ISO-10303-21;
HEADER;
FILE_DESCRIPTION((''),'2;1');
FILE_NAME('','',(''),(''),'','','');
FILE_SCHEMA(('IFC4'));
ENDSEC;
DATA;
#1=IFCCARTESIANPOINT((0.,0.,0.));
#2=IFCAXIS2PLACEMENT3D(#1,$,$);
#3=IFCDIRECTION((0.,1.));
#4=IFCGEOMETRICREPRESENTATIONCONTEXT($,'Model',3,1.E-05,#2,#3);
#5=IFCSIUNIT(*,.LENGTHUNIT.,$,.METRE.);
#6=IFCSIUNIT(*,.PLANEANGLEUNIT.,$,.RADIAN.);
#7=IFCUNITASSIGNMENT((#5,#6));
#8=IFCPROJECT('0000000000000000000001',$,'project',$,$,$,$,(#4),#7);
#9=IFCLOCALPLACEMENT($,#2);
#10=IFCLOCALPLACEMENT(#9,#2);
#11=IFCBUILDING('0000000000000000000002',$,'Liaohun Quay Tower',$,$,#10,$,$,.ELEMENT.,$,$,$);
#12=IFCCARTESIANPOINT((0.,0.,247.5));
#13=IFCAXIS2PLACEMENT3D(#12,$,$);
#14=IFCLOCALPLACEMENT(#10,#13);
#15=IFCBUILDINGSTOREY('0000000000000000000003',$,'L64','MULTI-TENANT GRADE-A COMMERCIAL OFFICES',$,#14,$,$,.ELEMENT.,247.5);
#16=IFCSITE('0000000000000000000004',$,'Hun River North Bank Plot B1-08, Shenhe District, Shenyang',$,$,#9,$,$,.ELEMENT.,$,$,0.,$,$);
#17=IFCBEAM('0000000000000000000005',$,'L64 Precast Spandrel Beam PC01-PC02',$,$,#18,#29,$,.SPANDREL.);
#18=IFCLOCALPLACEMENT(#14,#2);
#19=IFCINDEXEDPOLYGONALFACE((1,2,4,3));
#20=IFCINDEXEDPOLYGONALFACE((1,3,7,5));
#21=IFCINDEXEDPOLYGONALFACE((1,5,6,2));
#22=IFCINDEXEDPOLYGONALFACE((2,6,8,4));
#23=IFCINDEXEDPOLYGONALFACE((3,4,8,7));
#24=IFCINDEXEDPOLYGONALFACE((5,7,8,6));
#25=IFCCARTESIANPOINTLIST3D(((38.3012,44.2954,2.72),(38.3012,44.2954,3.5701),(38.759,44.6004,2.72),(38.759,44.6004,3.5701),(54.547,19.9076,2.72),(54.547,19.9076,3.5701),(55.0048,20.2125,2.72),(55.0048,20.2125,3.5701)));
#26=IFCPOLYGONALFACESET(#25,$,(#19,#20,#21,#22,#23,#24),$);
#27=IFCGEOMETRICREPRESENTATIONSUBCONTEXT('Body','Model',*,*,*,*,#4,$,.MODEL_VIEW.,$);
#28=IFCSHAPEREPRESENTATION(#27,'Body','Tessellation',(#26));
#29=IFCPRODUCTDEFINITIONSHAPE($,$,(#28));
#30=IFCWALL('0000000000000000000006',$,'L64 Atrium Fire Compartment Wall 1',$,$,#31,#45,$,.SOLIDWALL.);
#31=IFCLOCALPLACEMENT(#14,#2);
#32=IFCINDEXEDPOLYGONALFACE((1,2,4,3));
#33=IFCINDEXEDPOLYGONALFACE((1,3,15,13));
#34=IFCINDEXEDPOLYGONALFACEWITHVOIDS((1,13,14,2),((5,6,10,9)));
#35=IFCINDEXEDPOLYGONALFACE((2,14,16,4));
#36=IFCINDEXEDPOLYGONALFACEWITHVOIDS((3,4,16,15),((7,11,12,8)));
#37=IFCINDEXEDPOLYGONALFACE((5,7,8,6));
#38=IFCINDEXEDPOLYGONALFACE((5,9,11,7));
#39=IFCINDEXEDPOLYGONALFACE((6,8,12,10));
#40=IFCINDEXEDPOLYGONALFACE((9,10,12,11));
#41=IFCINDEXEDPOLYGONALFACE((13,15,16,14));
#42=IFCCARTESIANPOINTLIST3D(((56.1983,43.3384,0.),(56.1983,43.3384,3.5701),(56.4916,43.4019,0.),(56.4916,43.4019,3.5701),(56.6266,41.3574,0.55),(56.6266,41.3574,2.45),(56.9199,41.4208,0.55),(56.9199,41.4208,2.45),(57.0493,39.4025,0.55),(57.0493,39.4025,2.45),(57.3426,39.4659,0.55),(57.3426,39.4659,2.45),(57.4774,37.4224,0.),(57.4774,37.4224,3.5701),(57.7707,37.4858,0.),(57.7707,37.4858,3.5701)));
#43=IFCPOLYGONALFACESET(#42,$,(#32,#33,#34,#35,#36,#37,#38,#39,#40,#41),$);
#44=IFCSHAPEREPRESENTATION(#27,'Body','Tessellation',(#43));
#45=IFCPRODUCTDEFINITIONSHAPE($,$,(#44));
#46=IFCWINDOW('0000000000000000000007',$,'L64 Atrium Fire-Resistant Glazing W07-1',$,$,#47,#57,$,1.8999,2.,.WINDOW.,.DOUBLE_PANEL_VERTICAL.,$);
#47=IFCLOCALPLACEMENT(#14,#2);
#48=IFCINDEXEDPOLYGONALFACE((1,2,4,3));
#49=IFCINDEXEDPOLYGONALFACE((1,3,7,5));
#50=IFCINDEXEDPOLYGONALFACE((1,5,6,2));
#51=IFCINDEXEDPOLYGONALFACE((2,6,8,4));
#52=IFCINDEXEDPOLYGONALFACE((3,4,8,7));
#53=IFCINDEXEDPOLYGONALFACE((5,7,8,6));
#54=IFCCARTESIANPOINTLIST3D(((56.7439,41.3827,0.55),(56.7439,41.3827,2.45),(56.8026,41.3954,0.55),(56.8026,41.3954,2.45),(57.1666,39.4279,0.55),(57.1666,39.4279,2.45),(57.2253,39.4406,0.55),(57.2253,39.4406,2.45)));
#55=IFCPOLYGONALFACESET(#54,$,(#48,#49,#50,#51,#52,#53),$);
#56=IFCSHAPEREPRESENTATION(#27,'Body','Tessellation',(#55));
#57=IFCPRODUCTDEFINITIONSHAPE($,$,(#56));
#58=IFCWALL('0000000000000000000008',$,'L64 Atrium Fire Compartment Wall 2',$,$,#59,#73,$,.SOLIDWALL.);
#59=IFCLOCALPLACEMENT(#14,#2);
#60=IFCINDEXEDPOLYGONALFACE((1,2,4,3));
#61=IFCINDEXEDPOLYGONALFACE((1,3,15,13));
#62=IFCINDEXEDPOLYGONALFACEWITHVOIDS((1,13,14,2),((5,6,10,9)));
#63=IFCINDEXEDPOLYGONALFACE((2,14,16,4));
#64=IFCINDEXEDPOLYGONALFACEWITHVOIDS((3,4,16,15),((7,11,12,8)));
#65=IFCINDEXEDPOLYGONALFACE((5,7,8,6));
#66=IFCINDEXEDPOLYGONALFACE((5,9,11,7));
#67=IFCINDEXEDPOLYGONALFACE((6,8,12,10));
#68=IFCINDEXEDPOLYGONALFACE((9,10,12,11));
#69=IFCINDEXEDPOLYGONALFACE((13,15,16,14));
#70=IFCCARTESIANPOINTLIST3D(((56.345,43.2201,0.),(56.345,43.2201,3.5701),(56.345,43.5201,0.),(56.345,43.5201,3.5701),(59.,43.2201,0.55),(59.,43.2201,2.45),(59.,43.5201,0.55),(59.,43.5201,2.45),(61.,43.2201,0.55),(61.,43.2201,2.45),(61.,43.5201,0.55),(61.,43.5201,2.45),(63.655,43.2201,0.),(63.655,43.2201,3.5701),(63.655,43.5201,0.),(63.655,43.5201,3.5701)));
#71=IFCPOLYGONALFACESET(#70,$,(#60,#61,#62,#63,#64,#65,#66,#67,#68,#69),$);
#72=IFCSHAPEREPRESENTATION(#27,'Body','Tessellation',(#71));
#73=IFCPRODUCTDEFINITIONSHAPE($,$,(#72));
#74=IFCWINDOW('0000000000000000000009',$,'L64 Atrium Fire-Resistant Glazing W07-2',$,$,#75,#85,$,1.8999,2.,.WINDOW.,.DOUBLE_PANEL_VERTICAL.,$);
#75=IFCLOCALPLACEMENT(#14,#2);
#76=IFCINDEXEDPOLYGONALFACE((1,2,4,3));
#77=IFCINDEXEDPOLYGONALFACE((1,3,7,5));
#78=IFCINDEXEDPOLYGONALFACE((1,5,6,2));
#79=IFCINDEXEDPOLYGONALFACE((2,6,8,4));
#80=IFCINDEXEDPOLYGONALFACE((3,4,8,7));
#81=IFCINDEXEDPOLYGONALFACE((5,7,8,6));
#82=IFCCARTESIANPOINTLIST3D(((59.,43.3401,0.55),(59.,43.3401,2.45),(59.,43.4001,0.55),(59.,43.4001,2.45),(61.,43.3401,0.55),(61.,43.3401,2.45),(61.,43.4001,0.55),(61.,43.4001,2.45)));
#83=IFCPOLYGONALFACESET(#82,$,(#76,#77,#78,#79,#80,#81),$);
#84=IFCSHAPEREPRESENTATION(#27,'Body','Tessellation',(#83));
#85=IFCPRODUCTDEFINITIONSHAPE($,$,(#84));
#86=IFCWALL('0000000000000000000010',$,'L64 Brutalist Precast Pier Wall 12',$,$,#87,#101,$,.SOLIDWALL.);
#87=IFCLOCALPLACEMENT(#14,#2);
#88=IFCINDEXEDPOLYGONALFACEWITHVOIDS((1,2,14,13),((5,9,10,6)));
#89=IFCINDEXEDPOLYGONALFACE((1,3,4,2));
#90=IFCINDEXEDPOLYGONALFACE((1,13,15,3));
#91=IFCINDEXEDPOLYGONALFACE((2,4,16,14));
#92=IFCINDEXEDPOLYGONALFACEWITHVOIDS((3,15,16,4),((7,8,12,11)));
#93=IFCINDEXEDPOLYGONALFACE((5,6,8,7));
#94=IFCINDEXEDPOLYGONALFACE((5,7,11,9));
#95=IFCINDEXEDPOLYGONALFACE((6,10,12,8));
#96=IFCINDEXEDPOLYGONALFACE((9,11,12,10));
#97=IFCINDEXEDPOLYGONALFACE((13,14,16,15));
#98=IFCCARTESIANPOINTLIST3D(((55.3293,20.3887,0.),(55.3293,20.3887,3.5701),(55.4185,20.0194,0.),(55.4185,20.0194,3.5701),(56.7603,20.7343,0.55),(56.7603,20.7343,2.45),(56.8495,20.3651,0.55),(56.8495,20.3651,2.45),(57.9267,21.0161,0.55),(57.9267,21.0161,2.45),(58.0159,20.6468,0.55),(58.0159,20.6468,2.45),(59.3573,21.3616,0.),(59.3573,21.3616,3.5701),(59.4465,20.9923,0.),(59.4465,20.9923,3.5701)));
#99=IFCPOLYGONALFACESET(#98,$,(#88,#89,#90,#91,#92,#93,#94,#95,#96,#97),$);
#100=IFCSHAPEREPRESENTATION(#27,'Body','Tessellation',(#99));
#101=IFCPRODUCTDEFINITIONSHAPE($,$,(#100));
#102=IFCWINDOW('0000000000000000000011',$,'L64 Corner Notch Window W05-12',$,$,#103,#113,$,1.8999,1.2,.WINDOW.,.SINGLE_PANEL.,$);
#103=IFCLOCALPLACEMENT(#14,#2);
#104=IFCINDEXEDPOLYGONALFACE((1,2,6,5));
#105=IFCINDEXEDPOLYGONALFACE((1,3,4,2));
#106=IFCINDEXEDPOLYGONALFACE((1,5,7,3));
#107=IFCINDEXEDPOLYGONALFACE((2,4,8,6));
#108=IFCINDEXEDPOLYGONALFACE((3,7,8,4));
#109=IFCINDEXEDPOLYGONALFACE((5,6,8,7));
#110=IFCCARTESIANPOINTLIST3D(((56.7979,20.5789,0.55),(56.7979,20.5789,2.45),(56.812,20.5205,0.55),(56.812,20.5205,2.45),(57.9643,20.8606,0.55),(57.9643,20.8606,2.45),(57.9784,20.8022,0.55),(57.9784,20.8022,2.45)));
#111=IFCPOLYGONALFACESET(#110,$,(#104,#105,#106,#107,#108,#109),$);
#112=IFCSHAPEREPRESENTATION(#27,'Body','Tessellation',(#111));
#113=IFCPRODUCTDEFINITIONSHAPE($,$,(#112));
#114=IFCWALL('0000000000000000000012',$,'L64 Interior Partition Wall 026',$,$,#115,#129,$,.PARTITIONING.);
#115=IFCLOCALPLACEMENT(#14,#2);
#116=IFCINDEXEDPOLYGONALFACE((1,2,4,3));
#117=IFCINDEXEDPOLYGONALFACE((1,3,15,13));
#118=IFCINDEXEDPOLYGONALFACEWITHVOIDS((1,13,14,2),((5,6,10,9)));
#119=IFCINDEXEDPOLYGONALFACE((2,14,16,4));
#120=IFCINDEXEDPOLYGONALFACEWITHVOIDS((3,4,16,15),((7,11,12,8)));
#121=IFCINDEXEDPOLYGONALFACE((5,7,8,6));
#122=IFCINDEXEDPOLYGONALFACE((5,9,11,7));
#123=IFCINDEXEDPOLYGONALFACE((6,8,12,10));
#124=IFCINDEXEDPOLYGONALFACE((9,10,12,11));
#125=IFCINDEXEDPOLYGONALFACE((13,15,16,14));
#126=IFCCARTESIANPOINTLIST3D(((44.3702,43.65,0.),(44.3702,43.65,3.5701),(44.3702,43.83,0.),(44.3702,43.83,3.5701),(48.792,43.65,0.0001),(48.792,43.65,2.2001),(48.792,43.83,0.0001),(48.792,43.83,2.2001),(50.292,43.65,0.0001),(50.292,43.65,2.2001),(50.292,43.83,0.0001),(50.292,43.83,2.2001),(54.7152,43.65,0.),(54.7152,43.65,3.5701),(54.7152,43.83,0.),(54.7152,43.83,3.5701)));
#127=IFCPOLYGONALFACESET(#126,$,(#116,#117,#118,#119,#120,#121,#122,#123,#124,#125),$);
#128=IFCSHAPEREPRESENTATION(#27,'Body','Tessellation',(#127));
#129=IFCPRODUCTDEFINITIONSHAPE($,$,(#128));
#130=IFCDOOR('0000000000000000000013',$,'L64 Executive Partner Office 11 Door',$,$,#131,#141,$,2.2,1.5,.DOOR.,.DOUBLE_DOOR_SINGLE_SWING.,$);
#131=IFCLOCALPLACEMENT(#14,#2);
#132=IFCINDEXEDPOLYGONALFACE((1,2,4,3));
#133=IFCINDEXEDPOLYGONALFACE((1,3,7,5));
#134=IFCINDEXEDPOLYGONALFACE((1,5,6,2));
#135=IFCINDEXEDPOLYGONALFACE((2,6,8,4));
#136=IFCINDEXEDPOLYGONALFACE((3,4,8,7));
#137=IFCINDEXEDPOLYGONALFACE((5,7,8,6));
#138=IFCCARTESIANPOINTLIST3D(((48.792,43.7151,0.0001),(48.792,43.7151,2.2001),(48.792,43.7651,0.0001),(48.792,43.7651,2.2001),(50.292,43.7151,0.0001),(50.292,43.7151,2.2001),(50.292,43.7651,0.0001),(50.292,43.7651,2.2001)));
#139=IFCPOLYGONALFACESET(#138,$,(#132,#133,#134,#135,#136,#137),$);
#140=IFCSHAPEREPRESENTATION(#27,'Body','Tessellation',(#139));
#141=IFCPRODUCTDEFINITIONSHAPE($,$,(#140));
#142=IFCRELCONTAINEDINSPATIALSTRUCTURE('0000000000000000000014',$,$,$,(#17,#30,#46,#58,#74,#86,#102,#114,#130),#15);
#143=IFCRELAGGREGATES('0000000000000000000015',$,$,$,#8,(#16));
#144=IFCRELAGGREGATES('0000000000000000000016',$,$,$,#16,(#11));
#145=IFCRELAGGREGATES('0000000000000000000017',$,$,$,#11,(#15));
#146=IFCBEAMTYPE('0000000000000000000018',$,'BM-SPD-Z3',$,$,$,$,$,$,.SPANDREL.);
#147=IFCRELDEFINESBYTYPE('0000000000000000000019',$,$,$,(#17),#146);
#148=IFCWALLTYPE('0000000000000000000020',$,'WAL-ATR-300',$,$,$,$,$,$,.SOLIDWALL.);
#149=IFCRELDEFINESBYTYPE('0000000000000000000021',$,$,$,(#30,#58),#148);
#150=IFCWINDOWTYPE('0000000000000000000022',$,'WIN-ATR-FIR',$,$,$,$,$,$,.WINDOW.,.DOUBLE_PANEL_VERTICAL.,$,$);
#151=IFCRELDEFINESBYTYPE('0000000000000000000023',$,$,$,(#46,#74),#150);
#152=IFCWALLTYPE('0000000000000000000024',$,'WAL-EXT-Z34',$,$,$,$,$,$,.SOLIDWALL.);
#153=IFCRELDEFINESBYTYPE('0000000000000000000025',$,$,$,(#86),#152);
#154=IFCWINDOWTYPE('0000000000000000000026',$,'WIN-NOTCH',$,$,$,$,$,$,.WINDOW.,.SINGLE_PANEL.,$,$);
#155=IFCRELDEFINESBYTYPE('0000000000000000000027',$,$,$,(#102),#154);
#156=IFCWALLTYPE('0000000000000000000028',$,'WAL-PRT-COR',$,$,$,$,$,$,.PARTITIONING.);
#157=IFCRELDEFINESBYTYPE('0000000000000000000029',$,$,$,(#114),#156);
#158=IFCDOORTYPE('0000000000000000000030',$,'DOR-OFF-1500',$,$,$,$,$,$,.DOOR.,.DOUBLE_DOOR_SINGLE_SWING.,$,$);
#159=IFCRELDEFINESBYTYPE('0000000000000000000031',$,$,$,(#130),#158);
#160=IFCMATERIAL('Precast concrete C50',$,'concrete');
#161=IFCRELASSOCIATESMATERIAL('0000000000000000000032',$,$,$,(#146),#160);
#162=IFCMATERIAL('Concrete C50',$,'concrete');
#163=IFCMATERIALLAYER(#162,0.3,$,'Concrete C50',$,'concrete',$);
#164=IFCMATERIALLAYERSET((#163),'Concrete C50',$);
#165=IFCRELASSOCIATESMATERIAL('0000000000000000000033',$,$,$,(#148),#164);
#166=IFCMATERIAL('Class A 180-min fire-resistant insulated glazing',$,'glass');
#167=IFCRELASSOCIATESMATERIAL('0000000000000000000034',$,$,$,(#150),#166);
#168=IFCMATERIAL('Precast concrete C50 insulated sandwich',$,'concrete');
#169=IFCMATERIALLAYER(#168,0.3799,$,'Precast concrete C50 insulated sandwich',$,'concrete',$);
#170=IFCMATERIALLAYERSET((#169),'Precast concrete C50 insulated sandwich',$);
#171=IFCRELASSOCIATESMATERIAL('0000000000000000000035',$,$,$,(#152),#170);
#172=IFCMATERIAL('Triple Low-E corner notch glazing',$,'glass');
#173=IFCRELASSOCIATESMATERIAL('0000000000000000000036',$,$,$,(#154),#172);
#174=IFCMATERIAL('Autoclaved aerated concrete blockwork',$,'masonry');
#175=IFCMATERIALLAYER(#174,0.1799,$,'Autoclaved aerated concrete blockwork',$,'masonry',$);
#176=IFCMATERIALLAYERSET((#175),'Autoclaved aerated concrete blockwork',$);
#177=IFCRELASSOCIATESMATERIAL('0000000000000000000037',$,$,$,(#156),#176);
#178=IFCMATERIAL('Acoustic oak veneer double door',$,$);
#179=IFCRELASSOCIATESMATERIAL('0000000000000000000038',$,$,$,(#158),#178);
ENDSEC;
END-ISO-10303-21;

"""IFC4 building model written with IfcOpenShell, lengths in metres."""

from ifc_helpers import new_model, si_unit, direction, frame, frame_2d, origin, origin_2d, place, context, subcontext, project, spatial, rectangle, extrude, source, transform, mapped, material, layer, layer_set, material_profile, profile_set, type_object, element, fill, save


model = new_model("IFC4")

# Units and contexts
model_context = context("Model", 3, precision=1e-05, world=origin(), true_north=direction((0.0, 1.0)))
body_context = subcontext(model_context, "Body", "Model", "MODEL_VIEW")
ifc_project = project(units=[si_unit("LENGTHUNIT", "METRE"), si_unit("PLANEANGLEUNIT", "RADIAN")], contexts=[model_context])

# Site, building, storey
site_placement = place(None, origin())
site = spatial("IfcSite", under=ifc_project, at=site_placement, Name="Hun River North Bank Plot B1-08, Shenhe District, Shenyang", CompositionType="ELEMENT", RefElevation=0.0)
building_placement = place(site_placement, origin())
building = spatial("IfcBuilding", under=site, at=building_placement, Name="Liaohun Quay Tower", CompositionType="ELEMENT")
storey_placement = place(building_placement, frame((0.0, 0.0, 247.5)))
storey = spatial("IfcBuildingStorey", under=building, at=storey_placement, Name="L64", Description="MULTI-TENANT GRADE-A COMMERCIAL OFFICES", CompositionType="ELEMENT", Elevation=247.5)

# Beam
ifc_material_1 = material(Name="Precast concrete C50", Category="concrete")
ifc_material_profile_1 = material_profile(ifc_material_1, rectangle(XDim=0.55, YDim=0.8501, at=origin_2d()), Name="RC550x850")
ifc_profile_set_1 = profile_set([ifc_material_profile_1], Name="Precast concrete C50")
beam_type_1 = type_object("IfcBeamType", Name="BM-SPD-Z3", PredefinedType="SPANDREL", material=ifc_profile_set_1)
shared_shape_1 = source(origin(), body_context, "Body", "SweptSolid", [
    extrude(rectangle(XDim=0.55, YDim=0.8501, at=origin_2d()), origin(), (0.0, 0.0, 1.0), 29.3035),
])
beam_1_placement = place(storey_placement, frame((54.7759, 20.0601, 3.145), z_axis=(-0.554398, 0.832251, 0.0), x_axis=(-0.832251, -0.554398, 0.0)))
element("IfcBeam", 1, at=beam_1_placement, inside=storey, type_object=beam_type_1, Name="L64 Precast Spandrel Beam PC01-PC02", PredefinedType="SPANDREL", context=body_context, shape_type="MappedRepresentation", body=[
    mapped(shared_shape_1, transform((0.0, 0.0, 0.0), x_axis=(1.0, 0.0, 0.0), y_axis=(0.0, 1.0, 0.0), z_axis=(0.0, 0.0, 1.0), scale=1.0)),
])

# Walls, openings, windows
ifc_material_2 = material(Name="Concrete C50", Category="concrete")
ifc_layer_1 = layer(ifc_material_2, 0.3, Name="Concrete C50", Category="concrete")
ifc_layer_set_1 = layer_set([ifc_layer_1], Name="Concrete C50")
wall_type_1 = type_object("IfcWallType", Name="WAL-ATR-300", PredefinedType="SOLIDWALL", material=ifc_layer_set_1)
wall_1_placement = place(storey_placement, frame((57.624, 37.4541, 0.0), z_axis=(0.0, 0.0, 1.0), x_axis=(-0.211319, 0.977417, 0.0)))
wall_1 = element("IfcWall", 2, at=wall_1_placement, inside=storey, type_object=wall_type_1, Name="L64 Atrium Fire Compartment Wall 1", PredefinedType="SOLIDWALL", context=body_context, shape_type="SweptSolid", body=[
    extrude(rectangle(XDim=6.0527, YDim=0.3, at=frame_2d((3.0264, 0.0))), origin(), (0.0, 0.0, 1.0), 3.5701),
])
shared_shape_2 = source(origin(), body_context, "Body", "SweptSolid", [
    extrude(rectangle(XDim=2.0, YDim=1.8999, at=frame_2d((1.0, 0.95))), frame((0.0, 0.1599, 0.0), z_axis=(0.0, -1.0, 0.0), x_axis=(1.0, 0.0, 0.0)), (0.0, 0.0, 1.0), 0.3201),
])
opening_1_placement = place(wall_1_placement, frame((2.0259, 0.0, 0.55)))
opening_1 = element("IfcOpeningElement", 3, at=opening_1_placement, cuts=wall_1, PredefinedType="OPENING", context=body_context, shape_type="MappedRepresentation", body=[
    mapped(shared_shape_2, transform((0.0, 0.0, 0.0), x_axis=(1.0, 0.0, 0.0), y_axis=(0.0, 1.0, 0.0), z_axis=(0.0, 0.0, 1.0), scale=1.0)),
])
ifc_material_3 = material(Name="Class A 180-min fire-resistant insulated glazing", Category="glass")
window_type_1 = type_object("IfcWindowType", Name="WIN-ATR-FIR", PartitioningType="DOUBLE_PANEL_VERTICAL", PredefinedType="WINDOW", material=ifc_material_3)
shared_shape_3 = source(origin(), body_context, "Body", "SweptSolid", [
    extrude(rectangle(XDim=2.0, YDim=1.8999, at=frame_2d((1.0, 0.95))), frame((0.0, 0.03, 0.0), z_axis=(0.0, -1.0, 0.0), x_axis=(1.0, 0.0, 0.0)), (0.0, 0.0, 1.0), 0.0601),
])
window_1_placement = place(opening_1_placement, origin())
window_1 = element("IfcWindow", 4, at=window_1_placement, inside=storey, type_object=window_type_1, Name="L64 Atrium Fire-Resistant Glazing W07-1", OverallHeight=1.8999, OverallWidth=2.0, PartitioningType="DOUBLE_PANEL_VERTICAL", PredefinedType="WINDOW", context=body_context, shape_type="MappedRepresentation", body=[
    mapped(shared_shape_3, transform((0.0, 0.0, 0.0), x_axis=(1.0, 0.0, 0.0), y_axis=(0.0, 1.0, 0.0), z_axis=(0.0, 0.0, 1.0), scale=1.0)),
])
fill(opening_1, window_1)
wall_2_placement = place(storey_placement, frame((56.345, 43.3701, 0.0), z_axis=(0.0, 0.0, 1.0), x_axis=(1.0, 0.0, 0.0)))
wall_2 = element("IfcWall", 5, at=wall_2_placement, inside=storey, type_object=wall_type_1, Name="L64 Atrium Fire Compartment Wall 2", PredefinedType="SOLIDWALL", context=body_context, shape_type="SweptSolid", body=[
    extrude(rectangle(XDim=7.3101, YDim=0.3, at=frame_2d((3.655, 0.0))), origin(), (0.0, 0.0, 1.0), 3.5701),
])
opening_2_placement = place(wall_2_placement, frame((2.655, 0.0, 0.55)))
opening_2 = element("IfcOpeningElement", 6, at=opening_2_placement, cuts=wall_2, PredefinedType="OPENING", context=body_context, shape_type="MappedRepresentation", body=[
    mapped(shared_shape_2, transform((0.0, 0.0, 0.0), x_axis=(1.0, 0.0, 0.0), y_axis=(0.0, 1.0, 0.0), z_axis=(0.0, 0.0, 1.0), scale=1.0)),
])
window_2_placement = place(opening_2_placement, origin())
window_2 = element("IfcWindow", 7, at=window_2_placement, inside=storey, type_object=window_type_1, Name="L64 Atrium Fire-Resistant Glazing W07-2", OverallHeight=1.8999, OverallWidth=2.0, PartitioningType="DOUBLE_PANEL_VERTICAL", PredefinedType="WINDOW", context=body_context, shape_type="MappedRepresentation", body=[
    mapped(shared_shape_3, transform((0.0, 0.0, 0.0), x_axis=(1.0, 0.0, 0.0), y_axis=(0.0, 1.0, 0.0), z_axis=(0.0, 0.0, 1.0), scale=1.0)),
])
fill(opening_2, window_2)
ifc_material_4 = material(Name="Precast concrete C50 insulated sandwich", Category="concrete")
ifc_layer_2 = layer(ifc_material_4, 0.3799, Name="Precast concrete C50 insulated sandwich", Category="concrete")
ifc_layer_set_2 = layer_set([ifc_layer_2], Name="Precast concrete C50 insulated sandwich")
wall_type_2 = type_object("IfcWallType", Name="WAL-EXT-Z34", PredefinedType="SOLIDWALL", material=ifc_layer_set_2)
wall_3_placement = place(storey_placement, frame((55.374, 20.2041, 0.0), z_axis=(0.0, 0.0, 1.0), x_axis=(0.972049, 0.234779, 0.0)))
wall_3 = element("IfcWall", 8, at=wall_3_placement, inside=storey, type_object=wall_type_2, Name="L64 Brutalist Precast Pier Wall 12", PredefinedType="SOLIDWALL", context=body_context, shape_type="SweptSolid", body=[
    extrude(rectangle(XDim=4.1438, YDim=0.3799, at=frame_2d((2.0718, 0.0))), origin(), (0.0, 0.0, 1.0), 3.5701),
])
shared_shape_4 = source(origin(), body_context, "Body", "SweptSolid", [
    extrude(rectangle(XDim=1.2, YDim=1.8999, at=frame_2d((0.6001, 0.95))), frame((0.0, 0.2, 0.0), z_axis=(0.0, -1.0, 0.0), x_axis=(1.0, 0.0, 0.0)), (0.0, 0.0, 1.0), 0.3999),
])
opening_3_placement = place(wall_3_placement, frame((1.4719, 0.0, 0.55)))
opening_3 = element("IfcOpeningElement", 9, at=opening_3_placement, cuts=wall_3, PredefinedType="OPENING", context=body_context, shape_type="MappedRepresentation", body=[
    mapped(shared_shape_4, transform((0.0, 0.0, 0.0), x_axis=(1.0, 0.0, 0.0), y_axis=(0.0, 1.0, 0.0), z_axis=(0.0, 0.0, 1.0), scale=1.0)),
])
ifc_material_5 = material(Name="Triple Low-E corner notch glazing", Category="glass")
window_type_2 = type_object("IfcWindowType", Name="WIN-NOTCH", PartitioningType="SINGLE_PANEL", PredefinedType="WINDOW", material=ifc_material_5)
shared_shape_5 = source(origin(), body_context, "Body", "SweptSolid", [
    extrude(rectangle(XDim=1.2, YDim=1.8999, at=frame_2d((0.6001, 0.95))), frame((0.0, 0.03, 0.0), z_axis=(0.0, -1.0, 0.0), x_axis=(1.0, 0.0, 0.0)), (0.0, 0.0, 1.0), 0.0601),
])
window_3_placement = place(opening_3_placement, origin())
window_3 = element("IfcWindow", 10, at=window_3_placement, inside=storey, type_object=window_type_2, Name="L64 Corner Notch Window W05-12", OverallHeight=1.8999, OverallWidth=1.2, PartitioningType="SINGLE_PANEL", PredefinedType="WINDOW", context=body_context, shape_type="MappedRepresentation", body=[
    mapped(shared_shape_5, transform((0.0, 0.0, 0.0), x_axis=(1.0, 0.0, 0.0), y_axis=(0.0, 1.0, 0.0), z_axis=(0.0, 0.0, 1.0), scale=1.0)),
])
fill(opening_3, window_3)

# Wall, opening, door
ifc_material_6 = material(Name="Autoclaved aerated concrete blockwork", Category="masonry")
ifc_layer_3 = layer(ifc_material_6, 0.1799, Name="Autoclaved aerated concrete blockwork", Category="masonry")
ifc_layer_set_3 = layer_set([ifc_layer_3], Name="Autoclaved aerated concrete blockwork")
wall_type_3 = type_object("IfcWallType", Name="WAL-PRT-COR", PredefinedType="PARTITIONING", material=ifc_layer_set_3)
wall_4_placement = place(storey_placement, frame((54.7151, 43.74, 0.0), z_axis=(0.0, 0.0, 1.0), x_axis=(-1.0, 0.0, 0.0)))
wall_4 = element("IfcWall", 11, at=wall_4_placement, inside=storey, type_object=wall_type_3, Name="L64 Interior Partition Wall 026", PredefinedType="PARTITIONING", context=body_context, shape_type="SweptSolid", body=[
    extrude(rectangle(XDim=10.345, YDim=0.1799, at=frame_2d((5.1724, 0.0))), origin(), (0.0, 0.0, 1.0), 3.5701),
])
shared_shape_6 = source(origin(), body_context, "Body", "SweptSolid", [
    extrude(rectangle(XDim=1.5, YDim=2.2, at=frame_2d((0.75, 1.1001))), frame((0.0, 0.0999, 0.0), z_axis=(0.0, -1.0, 0.0), x_axis=(1.0, 0.0, 0.0)), (0.0, 0.0, 1.0), 0.2),
])
opening_4_placement = place(wall_4_placement, frame((4.4231, 0.0, 0.0)))
opening_4 = element("IfcOpeningElement", 12, at=opening_4_placement, cuts=wall_4, PredefinedType="OPENING", context=body_context, shape_type="MappedRepresentation", body=[
    mapped(shared_shape_6, transform((0.0, 0.0, 0.0), x_axis=(1.0, 0.0, 0.0), y_axis=(0.0, 1.0, 0.0), z_axis=(0.0, 0.0, 1.0), scale=1.0)),
])
ifc_material_7 = material(Name="Acoustic oak veneer double door")
door_type = type_object("IfcDoorType", Name="DOR-OFF-1500", OperationType="DOUBLE_DOOR_SINGLE_SWING", PredefinedType="DOOR", material=ifc_material_7)
shared_shape_7 = source(origin(), body_context, "Body", "SweptSolid", [
    extrude(rectangle(XDim=1.5, YDim=2.2, at=frame_2d((0.75, 1.1001))), frame((0.0, 0.0249, 0.0), z_axis=(0.0, -1.0, 0.0), x_axis=(1.0, 0.0, 0.0)), (0.0, 0.0, 1.0), 0.05),
])
door_placement = place(opening_4_placement, origin())
door = element("IfcDoor", 13, at=door_placement, inside=storey, type_object=door_type, Name="L64 Executive Partner Office 11 Door", OperationType="DOUBLE_DOOR_SINGLE_SWING", OverallHeight=2.2, OverallWidth=1.5, PredefinedType="DOOR", context=body_context, shape_type="MappedRepresentation", body=[
    mapped(shared_shape_7, transform((0.0, 0.0, 0.0), x_axis=(1.0, 0.0, 0.0), y_axis=(0.0, 1.0, 0.0), z_axis=(0.0, 0.0, 1.0), scale=1.0)),
])
fill(opening_4, door)

save(model, "model.ifc")
